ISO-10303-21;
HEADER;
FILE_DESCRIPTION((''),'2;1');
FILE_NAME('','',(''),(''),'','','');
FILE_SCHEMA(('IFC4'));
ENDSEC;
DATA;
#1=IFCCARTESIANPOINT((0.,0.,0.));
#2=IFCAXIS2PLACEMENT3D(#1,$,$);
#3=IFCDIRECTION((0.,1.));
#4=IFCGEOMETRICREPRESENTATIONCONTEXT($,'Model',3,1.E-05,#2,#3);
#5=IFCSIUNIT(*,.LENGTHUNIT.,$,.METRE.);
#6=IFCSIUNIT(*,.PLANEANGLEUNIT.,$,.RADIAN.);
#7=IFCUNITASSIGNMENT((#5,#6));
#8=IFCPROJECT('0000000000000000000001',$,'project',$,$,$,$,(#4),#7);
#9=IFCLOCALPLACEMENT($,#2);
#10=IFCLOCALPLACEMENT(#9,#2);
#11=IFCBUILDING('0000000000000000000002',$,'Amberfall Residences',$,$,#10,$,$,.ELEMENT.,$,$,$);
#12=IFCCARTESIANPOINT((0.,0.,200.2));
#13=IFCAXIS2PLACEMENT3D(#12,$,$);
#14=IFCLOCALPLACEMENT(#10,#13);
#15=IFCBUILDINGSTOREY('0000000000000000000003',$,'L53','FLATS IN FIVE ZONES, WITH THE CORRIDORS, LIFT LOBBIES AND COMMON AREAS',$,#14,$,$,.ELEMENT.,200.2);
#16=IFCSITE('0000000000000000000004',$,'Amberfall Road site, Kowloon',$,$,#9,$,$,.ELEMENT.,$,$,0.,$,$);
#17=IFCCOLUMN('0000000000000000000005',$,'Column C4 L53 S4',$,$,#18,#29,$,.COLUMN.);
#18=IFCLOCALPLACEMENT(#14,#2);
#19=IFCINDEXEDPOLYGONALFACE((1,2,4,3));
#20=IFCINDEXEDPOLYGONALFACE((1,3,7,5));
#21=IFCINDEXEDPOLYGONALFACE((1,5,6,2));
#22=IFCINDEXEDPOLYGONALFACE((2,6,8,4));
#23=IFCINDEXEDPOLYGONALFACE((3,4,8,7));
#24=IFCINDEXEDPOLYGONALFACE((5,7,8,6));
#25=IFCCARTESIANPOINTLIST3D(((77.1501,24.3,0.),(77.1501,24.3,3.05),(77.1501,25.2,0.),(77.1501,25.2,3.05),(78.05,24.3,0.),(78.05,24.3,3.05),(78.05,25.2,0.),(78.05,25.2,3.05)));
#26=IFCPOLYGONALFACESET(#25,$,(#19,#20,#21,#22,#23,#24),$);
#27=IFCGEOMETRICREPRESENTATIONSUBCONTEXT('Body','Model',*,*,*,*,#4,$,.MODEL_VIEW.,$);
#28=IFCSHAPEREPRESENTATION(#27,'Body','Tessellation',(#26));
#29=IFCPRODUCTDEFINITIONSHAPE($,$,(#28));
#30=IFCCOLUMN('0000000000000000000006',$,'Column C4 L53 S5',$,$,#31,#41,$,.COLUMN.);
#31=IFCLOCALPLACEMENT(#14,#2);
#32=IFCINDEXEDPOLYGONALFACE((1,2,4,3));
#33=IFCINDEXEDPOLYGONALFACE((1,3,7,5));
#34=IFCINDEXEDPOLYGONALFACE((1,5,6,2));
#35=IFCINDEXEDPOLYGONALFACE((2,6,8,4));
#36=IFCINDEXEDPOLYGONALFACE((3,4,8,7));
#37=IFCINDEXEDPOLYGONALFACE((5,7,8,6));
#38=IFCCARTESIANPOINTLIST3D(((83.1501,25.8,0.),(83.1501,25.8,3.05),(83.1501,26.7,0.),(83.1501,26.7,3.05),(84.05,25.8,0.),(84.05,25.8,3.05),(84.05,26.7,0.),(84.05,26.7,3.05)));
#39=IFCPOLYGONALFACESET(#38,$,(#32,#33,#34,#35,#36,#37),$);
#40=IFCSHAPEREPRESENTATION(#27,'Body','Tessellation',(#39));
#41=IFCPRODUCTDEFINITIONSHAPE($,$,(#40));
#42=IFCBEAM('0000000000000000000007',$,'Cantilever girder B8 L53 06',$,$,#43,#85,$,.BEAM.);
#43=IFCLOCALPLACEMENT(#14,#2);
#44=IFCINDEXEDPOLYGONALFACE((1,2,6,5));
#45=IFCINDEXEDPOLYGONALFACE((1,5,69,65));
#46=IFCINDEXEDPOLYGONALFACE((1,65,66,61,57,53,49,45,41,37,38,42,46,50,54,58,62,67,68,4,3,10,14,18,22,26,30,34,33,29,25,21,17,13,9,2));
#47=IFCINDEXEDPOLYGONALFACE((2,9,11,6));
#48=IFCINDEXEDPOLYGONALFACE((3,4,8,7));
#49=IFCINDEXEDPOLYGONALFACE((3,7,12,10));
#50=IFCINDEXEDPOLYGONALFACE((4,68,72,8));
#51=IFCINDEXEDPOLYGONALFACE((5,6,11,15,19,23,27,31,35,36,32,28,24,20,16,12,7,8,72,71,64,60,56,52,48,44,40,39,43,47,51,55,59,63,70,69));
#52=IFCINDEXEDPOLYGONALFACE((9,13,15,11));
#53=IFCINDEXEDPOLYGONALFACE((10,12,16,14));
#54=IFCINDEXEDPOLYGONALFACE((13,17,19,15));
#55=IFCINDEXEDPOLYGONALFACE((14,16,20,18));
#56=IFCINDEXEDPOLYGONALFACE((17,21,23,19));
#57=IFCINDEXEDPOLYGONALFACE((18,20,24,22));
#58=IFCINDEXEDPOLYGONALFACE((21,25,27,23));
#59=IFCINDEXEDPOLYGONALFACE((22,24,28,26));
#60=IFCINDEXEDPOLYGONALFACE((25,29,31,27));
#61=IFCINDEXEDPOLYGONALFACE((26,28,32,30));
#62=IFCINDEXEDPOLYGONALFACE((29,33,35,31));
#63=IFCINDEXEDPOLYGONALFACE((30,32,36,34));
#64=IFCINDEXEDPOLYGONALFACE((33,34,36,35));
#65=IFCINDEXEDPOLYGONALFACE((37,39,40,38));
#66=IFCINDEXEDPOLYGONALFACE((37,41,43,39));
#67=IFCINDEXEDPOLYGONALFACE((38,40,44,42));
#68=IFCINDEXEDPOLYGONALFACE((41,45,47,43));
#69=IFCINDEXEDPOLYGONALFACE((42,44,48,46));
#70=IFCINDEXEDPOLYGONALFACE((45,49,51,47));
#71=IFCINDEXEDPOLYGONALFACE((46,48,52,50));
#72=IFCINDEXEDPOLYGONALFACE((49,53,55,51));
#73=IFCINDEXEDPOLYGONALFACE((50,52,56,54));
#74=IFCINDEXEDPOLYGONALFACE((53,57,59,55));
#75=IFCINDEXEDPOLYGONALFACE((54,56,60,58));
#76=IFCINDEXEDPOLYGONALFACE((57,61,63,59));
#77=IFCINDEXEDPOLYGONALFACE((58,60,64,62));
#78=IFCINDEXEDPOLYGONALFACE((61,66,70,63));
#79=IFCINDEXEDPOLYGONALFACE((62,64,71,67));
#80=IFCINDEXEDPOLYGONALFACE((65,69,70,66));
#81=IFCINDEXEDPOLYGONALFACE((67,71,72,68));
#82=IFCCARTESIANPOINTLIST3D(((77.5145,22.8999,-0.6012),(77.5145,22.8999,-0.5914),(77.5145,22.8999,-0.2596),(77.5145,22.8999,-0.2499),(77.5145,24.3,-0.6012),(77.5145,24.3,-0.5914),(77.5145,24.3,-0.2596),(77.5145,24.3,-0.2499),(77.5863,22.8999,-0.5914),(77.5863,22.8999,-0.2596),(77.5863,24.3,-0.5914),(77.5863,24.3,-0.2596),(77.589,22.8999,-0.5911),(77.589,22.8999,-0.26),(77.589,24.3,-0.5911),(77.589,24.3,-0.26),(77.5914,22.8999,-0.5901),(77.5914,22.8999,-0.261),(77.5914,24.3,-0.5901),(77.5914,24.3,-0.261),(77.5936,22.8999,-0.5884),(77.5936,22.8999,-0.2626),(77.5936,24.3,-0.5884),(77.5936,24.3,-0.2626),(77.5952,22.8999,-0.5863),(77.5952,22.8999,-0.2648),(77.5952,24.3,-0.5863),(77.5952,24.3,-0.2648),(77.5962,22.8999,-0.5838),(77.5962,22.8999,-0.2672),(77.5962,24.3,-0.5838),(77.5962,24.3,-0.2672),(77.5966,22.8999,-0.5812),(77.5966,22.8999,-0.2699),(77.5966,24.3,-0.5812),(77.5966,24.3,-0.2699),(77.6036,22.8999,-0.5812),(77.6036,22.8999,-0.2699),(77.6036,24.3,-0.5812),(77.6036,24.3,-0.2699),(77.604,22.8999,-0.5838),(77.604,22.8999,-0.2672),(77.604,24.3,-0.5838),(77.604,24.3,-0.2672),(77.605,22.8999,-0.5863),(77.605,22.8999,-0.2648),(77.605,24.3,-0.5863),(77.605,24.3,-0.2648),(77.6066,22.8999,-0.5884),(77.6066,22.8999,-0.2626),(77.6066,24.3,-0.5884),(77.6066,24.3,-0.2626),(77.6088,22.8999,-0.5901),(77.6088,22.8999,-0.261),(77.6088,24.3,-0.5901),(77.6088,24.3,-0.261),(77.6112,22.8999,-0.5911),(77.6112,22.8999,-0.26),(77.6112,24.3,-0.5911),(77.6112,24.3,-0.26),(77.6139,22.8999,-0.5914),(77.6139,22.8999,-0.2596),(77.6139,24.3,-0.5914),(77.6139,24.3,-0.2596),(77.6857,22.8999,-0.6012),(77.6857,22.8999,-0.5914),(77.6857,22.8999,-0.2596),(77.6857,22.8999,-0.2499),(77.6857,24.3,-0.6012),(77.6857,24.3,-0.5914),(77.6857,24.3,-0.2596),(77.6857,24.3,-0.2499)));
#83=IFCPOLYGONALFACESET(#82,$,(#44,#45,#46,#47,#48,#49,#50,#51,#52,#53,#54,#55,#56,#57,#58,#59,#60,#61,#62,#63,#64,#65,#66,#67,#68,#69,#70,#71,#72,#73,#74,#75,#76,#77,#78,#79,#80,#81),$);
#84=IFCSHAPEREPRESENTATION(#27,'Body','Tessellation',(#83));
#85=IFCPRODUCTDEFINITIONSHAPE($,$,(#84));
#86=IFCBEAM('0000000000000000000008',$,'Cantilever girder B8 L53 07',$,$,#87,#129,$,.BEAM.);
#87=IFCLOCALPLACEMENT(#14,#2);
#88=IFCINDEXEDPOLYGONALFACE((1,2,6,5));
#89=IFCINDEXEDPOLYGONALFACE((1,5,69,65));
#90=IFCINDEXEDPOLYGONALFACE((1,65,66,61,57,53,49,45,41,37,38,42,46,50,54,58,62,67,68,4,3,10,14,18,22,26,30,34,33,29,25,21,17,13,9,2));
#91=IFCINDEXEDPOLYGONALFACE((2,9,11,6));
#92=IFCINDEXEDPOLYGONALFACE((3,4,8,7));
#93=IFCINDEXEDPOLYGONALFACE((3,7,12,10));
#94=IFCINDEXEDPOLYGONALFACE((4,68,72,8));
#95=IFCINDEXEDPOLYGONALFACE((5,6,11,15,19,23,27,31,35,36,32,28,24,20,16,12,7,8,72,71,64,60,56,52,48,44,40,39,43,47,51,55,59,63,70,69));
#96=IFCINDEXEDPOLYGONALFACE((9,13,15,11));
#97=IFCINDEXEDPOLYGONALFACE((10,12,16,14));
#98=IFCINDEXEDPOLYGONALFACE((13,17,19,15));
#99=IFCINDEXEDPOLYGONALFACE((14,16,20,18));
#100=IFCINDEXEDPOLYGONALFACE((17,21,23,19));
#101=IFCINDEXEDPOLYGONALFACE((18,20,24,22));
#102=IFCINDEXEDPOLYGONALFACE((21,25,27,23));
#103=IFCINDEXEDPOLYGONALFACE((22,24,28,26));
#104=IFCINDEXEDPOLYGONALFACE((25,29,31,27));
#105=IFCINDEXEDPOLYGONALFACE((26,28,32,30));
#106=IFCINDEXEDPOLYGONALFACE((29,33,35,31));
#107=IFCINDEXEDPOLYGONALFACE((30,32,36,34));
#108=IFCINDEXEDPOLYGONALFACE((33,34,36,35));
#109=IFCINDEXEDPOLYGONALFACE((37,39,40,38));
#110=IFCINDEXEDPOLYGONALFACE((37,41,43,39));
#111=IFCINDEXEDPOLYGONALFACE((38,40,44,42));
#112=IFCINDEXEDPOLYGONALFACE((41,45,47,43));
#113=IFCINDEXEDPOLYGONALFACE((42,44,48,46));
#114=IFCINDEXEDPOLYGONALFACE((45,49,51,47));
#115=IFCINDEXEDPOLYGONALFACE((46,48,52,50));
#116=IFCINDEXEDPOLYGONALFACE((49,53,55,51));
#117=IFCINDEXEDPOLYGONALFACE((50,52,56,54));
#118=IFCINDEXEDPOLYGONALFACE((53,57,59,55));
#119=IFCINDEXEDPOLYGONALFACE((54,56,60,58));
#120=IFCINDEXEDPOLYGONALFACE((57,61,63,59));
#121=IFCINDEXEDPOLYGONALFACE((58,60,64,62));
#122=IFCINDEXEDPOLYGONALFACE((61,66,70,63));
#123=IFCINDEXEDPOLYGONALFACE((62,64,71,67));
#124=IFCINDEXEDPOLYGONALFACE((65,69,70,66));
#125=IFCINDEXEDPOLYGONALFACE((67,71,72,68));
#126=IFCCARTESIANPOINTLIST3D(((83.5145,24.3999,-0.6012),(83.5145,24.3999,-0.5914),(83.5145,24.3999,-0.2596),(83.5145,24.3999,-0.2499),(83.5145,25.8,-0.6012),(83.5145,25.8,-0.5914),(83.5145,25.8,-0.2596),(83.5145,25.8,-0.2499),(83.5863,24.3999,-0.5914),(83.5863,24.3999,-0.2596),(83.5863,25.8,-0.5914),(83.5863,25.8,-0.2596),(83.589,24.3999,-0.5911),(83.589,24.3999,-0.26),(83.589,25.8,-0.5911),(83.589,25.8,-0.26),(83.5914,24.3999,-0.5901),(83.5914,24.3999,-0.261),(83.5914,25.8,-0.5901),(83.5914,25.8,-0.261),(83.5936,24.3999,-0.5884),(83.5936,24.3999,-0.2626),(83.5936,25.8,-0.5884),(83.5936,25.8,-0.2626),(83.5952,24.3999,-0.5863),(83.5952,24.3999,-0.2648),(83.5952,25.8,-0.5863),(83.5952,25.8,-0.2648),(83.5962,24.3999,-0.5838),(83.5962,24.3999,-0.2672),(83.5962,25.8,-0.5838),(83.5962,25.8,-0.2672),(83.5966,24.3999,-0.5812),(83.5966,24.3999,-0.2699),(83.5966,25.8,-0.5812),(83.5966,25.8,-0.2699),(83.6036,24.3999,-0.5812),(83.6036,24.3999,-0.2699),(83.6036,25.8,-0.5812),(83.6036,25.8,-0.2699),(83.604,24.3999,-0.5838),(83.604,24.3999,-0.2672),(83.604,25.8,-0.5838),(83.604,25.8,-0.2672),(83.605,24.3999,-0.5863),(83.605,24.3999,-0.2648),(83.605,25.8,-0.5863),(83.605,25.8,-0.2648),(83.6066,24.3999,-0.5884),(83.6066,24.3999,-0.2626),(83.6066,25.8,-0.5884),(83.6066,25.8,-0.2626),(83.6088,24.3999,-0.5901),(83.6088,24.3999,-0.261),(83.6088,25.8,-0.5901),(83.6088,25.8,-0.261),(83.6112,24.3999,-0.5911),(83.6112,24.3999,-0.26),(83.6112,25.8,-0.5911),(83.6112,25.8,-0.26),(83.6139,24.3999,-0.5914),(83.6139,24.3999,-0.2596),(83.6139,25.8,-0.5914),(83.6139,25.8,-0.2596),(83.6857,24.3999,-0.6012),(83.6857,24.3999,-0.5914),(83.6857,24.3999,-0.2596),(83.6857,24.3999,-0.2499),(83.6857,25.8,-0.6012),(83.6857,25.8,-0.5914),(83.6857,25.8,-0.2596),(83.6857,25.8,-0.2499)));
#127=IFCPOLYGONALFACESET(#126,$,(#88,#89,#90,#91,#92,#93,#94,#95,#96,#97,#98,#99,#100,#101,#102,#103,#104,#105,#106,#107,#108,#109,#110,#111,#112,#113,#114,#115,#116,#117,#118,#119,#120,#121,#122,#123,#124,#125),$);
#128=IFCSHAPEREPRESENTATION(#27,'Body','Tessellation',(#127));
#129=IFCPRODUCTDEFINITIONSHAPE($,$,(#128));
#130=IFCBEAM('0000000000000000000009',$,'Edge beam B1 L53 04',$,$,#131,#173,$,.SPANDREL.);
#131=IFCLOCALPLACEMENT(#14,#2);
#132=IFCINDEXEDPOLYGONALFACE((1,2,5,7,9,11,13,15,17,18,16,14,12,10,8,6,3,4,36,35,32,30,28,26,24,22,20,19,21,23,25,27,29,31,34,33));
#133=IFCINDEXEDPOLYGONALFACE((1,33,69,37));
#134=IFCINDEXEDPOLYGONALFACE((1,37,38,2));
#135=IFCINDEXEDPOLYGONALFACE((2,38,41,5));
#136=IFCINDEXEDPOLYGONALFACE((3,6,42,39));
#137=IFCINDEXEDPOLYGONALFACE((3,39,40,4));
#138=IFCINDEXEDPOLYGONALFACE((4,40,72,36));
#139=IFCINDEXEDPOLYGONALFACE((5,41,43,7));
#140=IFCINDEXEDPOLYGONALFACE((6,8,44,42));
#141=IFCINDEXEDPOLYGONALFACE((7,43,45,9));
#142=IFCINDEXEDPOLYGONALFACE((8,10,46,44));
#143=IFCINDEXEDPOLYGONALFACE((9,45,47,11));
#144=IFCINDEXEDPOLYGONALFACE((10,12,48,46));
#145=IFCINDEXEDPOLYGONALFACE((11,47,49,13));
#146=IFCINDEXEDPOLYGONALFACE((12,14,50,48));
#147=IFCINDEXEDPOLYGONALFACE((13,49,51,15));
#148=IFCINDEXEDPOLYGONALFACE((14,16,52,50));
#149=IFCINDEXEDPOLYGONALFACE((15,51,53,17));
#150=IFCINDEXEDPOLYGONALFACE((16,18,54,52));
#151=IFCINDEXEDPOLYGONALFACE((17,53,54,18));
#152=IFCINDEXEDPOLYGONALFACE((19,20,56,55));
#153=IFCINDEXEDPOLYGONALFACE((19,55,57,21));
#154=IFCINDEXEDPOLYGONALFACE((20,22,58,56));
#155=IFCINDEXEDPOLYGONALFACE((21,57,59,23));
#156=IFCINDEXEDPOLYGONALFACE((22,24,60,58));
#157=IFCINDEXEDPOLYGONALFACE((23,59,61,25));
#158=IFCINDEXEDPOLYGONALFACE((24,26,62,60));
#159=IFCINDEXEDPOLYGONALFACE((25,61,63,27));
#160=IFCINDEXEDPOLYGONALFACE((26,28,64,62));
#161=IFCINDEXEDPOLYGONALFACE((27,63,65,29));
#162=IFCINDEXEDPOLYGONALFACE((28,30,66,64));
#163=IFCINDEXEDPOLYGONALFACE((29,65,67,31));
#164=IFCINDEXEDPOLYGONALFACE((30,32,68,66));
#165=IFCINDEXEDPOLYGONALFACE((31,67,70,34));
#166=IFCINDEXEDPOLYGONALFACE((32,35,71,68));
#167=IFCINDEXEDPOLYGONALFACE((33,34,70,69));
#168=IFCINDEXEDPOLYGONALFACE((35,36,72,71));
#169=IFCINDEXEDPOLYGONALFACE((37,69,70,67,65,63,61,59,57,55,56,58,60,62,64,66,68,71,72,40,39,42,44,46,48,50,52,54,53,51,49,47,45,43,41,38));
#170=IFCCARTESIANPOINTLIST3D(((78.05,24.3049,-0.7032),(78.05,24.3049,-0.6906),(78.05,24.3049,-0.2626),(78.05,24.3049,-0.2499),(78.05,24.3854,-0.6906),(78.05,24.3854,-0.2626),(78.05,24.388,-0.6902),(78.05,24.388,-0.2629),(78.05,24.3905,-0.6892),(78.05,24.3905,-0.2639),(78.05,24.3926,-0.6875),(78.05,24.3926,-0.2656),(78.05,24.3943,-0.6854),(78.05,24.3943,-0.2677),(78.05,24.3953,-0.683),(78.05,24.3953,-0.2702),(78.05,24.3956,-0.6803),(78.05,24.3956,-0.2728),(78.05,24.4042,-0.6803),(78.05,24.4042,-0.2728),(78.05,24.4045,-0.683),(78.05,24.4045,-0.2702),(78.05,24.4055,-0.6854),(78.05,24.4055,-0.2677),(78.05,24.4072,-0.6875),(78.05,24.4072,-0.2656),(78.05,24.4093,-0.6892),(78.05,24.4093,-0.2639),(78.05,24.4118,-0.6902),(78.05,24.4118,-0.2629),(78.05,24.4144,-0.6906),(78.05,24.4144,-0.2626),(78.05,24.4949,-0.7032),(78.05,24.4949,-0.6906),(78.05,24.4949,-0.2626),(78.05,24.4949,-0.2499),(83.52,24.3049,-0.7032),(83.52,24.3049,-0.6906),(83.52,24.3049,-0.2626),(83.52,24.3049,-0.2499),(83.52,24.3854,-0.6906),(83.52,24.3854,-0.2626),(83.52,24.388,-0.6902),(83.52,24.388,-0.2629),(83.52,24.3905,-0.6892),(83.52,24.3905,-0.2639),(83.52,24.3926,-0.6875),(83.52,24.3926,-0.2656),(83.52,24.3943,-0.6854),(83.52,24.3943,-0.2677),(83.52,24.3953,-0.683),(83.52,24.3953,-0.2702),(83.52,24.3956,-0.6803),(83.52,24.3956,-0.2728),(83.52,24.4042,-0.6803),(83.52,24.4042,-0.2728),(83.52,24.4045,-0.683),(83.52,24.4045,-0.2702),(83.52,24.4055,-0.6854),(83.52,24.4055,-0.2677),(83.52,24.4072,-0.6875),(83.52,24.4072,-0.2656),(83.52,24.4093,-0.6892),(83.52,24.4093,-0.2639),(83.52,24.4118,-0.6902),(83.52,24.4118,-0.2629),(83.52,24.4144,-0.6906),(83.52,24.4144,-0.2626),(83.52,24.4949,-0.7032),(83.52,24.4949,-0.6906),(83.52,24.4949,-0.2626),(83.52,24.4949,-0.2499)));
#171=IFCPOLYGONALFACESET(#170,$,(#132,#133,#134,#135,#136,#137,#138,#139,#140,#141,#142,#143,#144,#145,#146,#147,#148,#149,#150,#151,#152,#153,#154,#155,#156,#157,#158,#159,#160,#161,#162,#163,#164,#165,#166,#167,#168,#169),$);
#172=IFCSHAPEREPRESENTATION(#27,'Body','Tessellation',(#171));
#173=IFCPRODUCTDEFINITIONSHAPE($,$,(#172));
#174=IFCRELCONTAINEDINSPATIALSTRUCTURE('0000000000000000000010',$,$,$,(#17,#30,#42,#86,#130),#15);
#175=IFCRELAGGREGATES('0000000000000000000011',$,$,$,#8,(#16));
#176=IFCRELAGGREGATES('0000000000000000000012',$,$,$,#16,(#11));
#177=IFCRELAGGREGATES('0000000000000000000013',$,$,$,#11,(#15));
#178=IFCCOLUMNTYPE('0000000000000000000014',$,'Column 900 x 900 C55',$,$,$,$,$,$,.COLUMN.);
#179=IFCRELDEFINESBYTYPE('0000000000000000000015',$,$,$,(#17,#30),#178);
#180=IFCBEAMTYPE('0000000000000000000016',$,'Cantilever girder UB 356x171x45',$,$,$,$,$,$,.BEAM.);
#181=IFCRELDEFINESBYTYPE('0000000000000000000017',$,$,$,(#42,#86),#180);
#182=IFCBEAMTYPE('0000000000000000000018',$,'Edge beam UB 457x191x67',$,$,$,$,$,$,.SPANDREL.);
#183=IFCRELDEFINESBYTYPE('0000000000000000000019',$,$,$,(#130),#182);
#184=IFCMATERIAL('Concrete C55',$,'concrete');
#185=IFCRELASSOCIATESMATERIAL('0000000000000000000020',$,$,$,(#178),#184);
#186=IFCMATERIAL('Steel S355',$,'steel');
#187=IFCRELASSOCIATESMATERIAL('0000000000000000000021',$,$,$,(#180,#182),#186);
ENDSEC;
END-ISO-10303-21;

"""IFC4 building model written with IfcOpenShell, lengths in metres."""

from ifc_helpers import new_model, si_unit, direction, frame, origin, origin_2d, place, context, subcontext, project, spatial, rectangle, i_section, extrude, material, material_profile, profile_set, type_object, element, save


model = new_model("IFC4")

# Units and contexts
model_context = context("Model", 3, precision=1e-05, world=origin(), true_north=direction((0.0, 1.0)))
body_context = subcontext(model_context, "Body", "Model", "MODEL_VIEW")
ifc_project = project(units=[si_unit("LENGTHUNIT", "METRE"), si_unit("PLANEANGLEUNIT", "RADIAN")], contexts=[model_context])

# Site, building, storey
site_placement = place(None, origin())
site = spatial("IfcSite", under=ifc_project, at=site_placement, Name="Amberfall Road site, Kowloon", CompositionType="ELEMENT", RefElevation=0.0)
building_placement = place(site_placement, origin())
building = spatial("IfcBuilding", under=site, at=building_placement, Name="Amberfall Residences", CompositionType="ELEMENT")
storey_placement = place(building_placement, frame((0.0, 0.0, 200.2)))
storey = spatial("IfcBuildingStorey", under=building, at=storey_placement, Name="L53", Description="FLATS IN FIVE ZONES, WITH THE CORRIDORS, LIFT LOBBIES AND COMMON AREAS", CompositionType="ELEMENT", Elevation=200.2)

# Columns
ifc_material_1 = material(Name="Concrete C55", Category="concrete")
ifc_material_profile_1 = material_profile(ifc_material_1, rectangle(XDim=0.8999, YDim=0.8999, at=origin_2d()), Name="Column 900 x 900 C55")
ifc_profile_set_1 = profile_set([ifc_material_profile_1], Name="Concrete C55")
column_type = type_object("IfcColumnType", Name="Column 900 x 900 C55", PredefinedType="COLUMN", material=ifc_profile_set_1)
for number, where, z_axis, x_axis, name in (
    (1, (77.6001, 24.75, 0.0), (0.0, 0.0, 1.0), (1.0, 0.0, 0.0), "Column C4 L53 S4"),
    (2, (83.6001, 26.25, 0.0), (0.0, 0.0, 1.0), (1.0, 0.0, 0.0), "Column C4 L53 S5"),
):
    element("IfcColumn", number, at=place(storey_placement, frame(where, z_axis=z_axis, x_axis=x_axis)), inside=storey, type_object=column_type, Name=name, PredefinedType="COLUMN", context=body_context, shape_type="SweptSolid", body=[
        extrude(rectangle(XDim=0.8999, YDim=0.8999, at=origin_2d()), origin(), (0.0, 0.0, 1.0), 3.05),
    ])

# Beams
ifc_material_2 = material(Name="Steel S355", Category="steel")
ifc_material_profile_2 = material_profile(ifc_material_2, i_section(OverallWidth=0.1711, OverallDepth=0.3513, WebThickness=0.0071, FlangeThickness=0.0098, FilletRadius=0.0103, at=origin_2d()), Name="UB 356x171x45")
ifc_profile_set_2 = profile_set([ifc_material_profile_2], Name="Steel S355")
beam_type_1 = type_object("IfcBeamType", Name="Cantilever girder UB 356x171x45", PredefinedType="BEAM", material=ifc_profile_set_2)
for number, where, z_axis, x_axis, name in (
    (3, (77.6001, 24.3, -0.4255), (0.0, -1.0, 0.0), (1.0, 0.0, 0.0), "Cantilever girder B8 L53 06"),
    (4, (83.6001, 25.8, -0.4255), (0.0, -1.0, 0.0), (1.0, 0.0, 0.0), "Cantilever girder B8 L53 07"),
):
    element("IfcBeam", number, at=place(storey_placement, frame(where, z_axis=z_axis, x_axis=x_axis)), inside=storey, type_object=beam_type_1, Name=name, PredefinedType="BEAM", context=body_context, shape_type="SweptSolid", body=[
        extrude(i_section(OverallWidth=0.1711, OverallDepth=0.3513, WebThickness=0.0071, FlangeThickness=0.0098, FilletRadius=0.0103, at=origin_2d()), origin(), (0.0, 0.0, 1.0), 1.4001),
    ])
ifc_material_profile_3 = material_profile(ifc_material_2, i_section(OverallWidth=0.1899, OverallDepth=0.4534, WebThickness=0.0085, FlangeThickness=0.0127, FilletRadius=0.0103, at=origin_2d()), Name="UB 457x191x67")
ifc_profile_set_3 = profile_set([ifc_material_profile_3], Name="Steel S355")
beam_type_2 = type_object("IfcBeamType", Name="Edge beam UB 457x191x67", PredefinedType="SPANDREL", material=ifc_profile_set_3)
beam_1_placement = place(storey_placement, frame((78.05, 24.3999, -0.4766), z_axis=(1.0, 0.0, 0.0), x_axis=(0.0, 1.0, 0.0)))
element("IfcBeam", 5, at=beam_1_placement, inside=storey, type_object=beam_type_2, Name="Edge beam B1 L53 04", PredefinedType="SPANDREL", context=body_context, shape_type="SweptSolid", body=[
    extrude(i_section(OverallWidth=0.1899, OverallDepth=0.4534, WebThickness=0.0085, FlangeThickness=0.0127, FilletRadius=0.0103, at=origin_2d()), origin(), (0.0, 0.0, 1.0), 5.47),
])

save(model, "model.ifc")
